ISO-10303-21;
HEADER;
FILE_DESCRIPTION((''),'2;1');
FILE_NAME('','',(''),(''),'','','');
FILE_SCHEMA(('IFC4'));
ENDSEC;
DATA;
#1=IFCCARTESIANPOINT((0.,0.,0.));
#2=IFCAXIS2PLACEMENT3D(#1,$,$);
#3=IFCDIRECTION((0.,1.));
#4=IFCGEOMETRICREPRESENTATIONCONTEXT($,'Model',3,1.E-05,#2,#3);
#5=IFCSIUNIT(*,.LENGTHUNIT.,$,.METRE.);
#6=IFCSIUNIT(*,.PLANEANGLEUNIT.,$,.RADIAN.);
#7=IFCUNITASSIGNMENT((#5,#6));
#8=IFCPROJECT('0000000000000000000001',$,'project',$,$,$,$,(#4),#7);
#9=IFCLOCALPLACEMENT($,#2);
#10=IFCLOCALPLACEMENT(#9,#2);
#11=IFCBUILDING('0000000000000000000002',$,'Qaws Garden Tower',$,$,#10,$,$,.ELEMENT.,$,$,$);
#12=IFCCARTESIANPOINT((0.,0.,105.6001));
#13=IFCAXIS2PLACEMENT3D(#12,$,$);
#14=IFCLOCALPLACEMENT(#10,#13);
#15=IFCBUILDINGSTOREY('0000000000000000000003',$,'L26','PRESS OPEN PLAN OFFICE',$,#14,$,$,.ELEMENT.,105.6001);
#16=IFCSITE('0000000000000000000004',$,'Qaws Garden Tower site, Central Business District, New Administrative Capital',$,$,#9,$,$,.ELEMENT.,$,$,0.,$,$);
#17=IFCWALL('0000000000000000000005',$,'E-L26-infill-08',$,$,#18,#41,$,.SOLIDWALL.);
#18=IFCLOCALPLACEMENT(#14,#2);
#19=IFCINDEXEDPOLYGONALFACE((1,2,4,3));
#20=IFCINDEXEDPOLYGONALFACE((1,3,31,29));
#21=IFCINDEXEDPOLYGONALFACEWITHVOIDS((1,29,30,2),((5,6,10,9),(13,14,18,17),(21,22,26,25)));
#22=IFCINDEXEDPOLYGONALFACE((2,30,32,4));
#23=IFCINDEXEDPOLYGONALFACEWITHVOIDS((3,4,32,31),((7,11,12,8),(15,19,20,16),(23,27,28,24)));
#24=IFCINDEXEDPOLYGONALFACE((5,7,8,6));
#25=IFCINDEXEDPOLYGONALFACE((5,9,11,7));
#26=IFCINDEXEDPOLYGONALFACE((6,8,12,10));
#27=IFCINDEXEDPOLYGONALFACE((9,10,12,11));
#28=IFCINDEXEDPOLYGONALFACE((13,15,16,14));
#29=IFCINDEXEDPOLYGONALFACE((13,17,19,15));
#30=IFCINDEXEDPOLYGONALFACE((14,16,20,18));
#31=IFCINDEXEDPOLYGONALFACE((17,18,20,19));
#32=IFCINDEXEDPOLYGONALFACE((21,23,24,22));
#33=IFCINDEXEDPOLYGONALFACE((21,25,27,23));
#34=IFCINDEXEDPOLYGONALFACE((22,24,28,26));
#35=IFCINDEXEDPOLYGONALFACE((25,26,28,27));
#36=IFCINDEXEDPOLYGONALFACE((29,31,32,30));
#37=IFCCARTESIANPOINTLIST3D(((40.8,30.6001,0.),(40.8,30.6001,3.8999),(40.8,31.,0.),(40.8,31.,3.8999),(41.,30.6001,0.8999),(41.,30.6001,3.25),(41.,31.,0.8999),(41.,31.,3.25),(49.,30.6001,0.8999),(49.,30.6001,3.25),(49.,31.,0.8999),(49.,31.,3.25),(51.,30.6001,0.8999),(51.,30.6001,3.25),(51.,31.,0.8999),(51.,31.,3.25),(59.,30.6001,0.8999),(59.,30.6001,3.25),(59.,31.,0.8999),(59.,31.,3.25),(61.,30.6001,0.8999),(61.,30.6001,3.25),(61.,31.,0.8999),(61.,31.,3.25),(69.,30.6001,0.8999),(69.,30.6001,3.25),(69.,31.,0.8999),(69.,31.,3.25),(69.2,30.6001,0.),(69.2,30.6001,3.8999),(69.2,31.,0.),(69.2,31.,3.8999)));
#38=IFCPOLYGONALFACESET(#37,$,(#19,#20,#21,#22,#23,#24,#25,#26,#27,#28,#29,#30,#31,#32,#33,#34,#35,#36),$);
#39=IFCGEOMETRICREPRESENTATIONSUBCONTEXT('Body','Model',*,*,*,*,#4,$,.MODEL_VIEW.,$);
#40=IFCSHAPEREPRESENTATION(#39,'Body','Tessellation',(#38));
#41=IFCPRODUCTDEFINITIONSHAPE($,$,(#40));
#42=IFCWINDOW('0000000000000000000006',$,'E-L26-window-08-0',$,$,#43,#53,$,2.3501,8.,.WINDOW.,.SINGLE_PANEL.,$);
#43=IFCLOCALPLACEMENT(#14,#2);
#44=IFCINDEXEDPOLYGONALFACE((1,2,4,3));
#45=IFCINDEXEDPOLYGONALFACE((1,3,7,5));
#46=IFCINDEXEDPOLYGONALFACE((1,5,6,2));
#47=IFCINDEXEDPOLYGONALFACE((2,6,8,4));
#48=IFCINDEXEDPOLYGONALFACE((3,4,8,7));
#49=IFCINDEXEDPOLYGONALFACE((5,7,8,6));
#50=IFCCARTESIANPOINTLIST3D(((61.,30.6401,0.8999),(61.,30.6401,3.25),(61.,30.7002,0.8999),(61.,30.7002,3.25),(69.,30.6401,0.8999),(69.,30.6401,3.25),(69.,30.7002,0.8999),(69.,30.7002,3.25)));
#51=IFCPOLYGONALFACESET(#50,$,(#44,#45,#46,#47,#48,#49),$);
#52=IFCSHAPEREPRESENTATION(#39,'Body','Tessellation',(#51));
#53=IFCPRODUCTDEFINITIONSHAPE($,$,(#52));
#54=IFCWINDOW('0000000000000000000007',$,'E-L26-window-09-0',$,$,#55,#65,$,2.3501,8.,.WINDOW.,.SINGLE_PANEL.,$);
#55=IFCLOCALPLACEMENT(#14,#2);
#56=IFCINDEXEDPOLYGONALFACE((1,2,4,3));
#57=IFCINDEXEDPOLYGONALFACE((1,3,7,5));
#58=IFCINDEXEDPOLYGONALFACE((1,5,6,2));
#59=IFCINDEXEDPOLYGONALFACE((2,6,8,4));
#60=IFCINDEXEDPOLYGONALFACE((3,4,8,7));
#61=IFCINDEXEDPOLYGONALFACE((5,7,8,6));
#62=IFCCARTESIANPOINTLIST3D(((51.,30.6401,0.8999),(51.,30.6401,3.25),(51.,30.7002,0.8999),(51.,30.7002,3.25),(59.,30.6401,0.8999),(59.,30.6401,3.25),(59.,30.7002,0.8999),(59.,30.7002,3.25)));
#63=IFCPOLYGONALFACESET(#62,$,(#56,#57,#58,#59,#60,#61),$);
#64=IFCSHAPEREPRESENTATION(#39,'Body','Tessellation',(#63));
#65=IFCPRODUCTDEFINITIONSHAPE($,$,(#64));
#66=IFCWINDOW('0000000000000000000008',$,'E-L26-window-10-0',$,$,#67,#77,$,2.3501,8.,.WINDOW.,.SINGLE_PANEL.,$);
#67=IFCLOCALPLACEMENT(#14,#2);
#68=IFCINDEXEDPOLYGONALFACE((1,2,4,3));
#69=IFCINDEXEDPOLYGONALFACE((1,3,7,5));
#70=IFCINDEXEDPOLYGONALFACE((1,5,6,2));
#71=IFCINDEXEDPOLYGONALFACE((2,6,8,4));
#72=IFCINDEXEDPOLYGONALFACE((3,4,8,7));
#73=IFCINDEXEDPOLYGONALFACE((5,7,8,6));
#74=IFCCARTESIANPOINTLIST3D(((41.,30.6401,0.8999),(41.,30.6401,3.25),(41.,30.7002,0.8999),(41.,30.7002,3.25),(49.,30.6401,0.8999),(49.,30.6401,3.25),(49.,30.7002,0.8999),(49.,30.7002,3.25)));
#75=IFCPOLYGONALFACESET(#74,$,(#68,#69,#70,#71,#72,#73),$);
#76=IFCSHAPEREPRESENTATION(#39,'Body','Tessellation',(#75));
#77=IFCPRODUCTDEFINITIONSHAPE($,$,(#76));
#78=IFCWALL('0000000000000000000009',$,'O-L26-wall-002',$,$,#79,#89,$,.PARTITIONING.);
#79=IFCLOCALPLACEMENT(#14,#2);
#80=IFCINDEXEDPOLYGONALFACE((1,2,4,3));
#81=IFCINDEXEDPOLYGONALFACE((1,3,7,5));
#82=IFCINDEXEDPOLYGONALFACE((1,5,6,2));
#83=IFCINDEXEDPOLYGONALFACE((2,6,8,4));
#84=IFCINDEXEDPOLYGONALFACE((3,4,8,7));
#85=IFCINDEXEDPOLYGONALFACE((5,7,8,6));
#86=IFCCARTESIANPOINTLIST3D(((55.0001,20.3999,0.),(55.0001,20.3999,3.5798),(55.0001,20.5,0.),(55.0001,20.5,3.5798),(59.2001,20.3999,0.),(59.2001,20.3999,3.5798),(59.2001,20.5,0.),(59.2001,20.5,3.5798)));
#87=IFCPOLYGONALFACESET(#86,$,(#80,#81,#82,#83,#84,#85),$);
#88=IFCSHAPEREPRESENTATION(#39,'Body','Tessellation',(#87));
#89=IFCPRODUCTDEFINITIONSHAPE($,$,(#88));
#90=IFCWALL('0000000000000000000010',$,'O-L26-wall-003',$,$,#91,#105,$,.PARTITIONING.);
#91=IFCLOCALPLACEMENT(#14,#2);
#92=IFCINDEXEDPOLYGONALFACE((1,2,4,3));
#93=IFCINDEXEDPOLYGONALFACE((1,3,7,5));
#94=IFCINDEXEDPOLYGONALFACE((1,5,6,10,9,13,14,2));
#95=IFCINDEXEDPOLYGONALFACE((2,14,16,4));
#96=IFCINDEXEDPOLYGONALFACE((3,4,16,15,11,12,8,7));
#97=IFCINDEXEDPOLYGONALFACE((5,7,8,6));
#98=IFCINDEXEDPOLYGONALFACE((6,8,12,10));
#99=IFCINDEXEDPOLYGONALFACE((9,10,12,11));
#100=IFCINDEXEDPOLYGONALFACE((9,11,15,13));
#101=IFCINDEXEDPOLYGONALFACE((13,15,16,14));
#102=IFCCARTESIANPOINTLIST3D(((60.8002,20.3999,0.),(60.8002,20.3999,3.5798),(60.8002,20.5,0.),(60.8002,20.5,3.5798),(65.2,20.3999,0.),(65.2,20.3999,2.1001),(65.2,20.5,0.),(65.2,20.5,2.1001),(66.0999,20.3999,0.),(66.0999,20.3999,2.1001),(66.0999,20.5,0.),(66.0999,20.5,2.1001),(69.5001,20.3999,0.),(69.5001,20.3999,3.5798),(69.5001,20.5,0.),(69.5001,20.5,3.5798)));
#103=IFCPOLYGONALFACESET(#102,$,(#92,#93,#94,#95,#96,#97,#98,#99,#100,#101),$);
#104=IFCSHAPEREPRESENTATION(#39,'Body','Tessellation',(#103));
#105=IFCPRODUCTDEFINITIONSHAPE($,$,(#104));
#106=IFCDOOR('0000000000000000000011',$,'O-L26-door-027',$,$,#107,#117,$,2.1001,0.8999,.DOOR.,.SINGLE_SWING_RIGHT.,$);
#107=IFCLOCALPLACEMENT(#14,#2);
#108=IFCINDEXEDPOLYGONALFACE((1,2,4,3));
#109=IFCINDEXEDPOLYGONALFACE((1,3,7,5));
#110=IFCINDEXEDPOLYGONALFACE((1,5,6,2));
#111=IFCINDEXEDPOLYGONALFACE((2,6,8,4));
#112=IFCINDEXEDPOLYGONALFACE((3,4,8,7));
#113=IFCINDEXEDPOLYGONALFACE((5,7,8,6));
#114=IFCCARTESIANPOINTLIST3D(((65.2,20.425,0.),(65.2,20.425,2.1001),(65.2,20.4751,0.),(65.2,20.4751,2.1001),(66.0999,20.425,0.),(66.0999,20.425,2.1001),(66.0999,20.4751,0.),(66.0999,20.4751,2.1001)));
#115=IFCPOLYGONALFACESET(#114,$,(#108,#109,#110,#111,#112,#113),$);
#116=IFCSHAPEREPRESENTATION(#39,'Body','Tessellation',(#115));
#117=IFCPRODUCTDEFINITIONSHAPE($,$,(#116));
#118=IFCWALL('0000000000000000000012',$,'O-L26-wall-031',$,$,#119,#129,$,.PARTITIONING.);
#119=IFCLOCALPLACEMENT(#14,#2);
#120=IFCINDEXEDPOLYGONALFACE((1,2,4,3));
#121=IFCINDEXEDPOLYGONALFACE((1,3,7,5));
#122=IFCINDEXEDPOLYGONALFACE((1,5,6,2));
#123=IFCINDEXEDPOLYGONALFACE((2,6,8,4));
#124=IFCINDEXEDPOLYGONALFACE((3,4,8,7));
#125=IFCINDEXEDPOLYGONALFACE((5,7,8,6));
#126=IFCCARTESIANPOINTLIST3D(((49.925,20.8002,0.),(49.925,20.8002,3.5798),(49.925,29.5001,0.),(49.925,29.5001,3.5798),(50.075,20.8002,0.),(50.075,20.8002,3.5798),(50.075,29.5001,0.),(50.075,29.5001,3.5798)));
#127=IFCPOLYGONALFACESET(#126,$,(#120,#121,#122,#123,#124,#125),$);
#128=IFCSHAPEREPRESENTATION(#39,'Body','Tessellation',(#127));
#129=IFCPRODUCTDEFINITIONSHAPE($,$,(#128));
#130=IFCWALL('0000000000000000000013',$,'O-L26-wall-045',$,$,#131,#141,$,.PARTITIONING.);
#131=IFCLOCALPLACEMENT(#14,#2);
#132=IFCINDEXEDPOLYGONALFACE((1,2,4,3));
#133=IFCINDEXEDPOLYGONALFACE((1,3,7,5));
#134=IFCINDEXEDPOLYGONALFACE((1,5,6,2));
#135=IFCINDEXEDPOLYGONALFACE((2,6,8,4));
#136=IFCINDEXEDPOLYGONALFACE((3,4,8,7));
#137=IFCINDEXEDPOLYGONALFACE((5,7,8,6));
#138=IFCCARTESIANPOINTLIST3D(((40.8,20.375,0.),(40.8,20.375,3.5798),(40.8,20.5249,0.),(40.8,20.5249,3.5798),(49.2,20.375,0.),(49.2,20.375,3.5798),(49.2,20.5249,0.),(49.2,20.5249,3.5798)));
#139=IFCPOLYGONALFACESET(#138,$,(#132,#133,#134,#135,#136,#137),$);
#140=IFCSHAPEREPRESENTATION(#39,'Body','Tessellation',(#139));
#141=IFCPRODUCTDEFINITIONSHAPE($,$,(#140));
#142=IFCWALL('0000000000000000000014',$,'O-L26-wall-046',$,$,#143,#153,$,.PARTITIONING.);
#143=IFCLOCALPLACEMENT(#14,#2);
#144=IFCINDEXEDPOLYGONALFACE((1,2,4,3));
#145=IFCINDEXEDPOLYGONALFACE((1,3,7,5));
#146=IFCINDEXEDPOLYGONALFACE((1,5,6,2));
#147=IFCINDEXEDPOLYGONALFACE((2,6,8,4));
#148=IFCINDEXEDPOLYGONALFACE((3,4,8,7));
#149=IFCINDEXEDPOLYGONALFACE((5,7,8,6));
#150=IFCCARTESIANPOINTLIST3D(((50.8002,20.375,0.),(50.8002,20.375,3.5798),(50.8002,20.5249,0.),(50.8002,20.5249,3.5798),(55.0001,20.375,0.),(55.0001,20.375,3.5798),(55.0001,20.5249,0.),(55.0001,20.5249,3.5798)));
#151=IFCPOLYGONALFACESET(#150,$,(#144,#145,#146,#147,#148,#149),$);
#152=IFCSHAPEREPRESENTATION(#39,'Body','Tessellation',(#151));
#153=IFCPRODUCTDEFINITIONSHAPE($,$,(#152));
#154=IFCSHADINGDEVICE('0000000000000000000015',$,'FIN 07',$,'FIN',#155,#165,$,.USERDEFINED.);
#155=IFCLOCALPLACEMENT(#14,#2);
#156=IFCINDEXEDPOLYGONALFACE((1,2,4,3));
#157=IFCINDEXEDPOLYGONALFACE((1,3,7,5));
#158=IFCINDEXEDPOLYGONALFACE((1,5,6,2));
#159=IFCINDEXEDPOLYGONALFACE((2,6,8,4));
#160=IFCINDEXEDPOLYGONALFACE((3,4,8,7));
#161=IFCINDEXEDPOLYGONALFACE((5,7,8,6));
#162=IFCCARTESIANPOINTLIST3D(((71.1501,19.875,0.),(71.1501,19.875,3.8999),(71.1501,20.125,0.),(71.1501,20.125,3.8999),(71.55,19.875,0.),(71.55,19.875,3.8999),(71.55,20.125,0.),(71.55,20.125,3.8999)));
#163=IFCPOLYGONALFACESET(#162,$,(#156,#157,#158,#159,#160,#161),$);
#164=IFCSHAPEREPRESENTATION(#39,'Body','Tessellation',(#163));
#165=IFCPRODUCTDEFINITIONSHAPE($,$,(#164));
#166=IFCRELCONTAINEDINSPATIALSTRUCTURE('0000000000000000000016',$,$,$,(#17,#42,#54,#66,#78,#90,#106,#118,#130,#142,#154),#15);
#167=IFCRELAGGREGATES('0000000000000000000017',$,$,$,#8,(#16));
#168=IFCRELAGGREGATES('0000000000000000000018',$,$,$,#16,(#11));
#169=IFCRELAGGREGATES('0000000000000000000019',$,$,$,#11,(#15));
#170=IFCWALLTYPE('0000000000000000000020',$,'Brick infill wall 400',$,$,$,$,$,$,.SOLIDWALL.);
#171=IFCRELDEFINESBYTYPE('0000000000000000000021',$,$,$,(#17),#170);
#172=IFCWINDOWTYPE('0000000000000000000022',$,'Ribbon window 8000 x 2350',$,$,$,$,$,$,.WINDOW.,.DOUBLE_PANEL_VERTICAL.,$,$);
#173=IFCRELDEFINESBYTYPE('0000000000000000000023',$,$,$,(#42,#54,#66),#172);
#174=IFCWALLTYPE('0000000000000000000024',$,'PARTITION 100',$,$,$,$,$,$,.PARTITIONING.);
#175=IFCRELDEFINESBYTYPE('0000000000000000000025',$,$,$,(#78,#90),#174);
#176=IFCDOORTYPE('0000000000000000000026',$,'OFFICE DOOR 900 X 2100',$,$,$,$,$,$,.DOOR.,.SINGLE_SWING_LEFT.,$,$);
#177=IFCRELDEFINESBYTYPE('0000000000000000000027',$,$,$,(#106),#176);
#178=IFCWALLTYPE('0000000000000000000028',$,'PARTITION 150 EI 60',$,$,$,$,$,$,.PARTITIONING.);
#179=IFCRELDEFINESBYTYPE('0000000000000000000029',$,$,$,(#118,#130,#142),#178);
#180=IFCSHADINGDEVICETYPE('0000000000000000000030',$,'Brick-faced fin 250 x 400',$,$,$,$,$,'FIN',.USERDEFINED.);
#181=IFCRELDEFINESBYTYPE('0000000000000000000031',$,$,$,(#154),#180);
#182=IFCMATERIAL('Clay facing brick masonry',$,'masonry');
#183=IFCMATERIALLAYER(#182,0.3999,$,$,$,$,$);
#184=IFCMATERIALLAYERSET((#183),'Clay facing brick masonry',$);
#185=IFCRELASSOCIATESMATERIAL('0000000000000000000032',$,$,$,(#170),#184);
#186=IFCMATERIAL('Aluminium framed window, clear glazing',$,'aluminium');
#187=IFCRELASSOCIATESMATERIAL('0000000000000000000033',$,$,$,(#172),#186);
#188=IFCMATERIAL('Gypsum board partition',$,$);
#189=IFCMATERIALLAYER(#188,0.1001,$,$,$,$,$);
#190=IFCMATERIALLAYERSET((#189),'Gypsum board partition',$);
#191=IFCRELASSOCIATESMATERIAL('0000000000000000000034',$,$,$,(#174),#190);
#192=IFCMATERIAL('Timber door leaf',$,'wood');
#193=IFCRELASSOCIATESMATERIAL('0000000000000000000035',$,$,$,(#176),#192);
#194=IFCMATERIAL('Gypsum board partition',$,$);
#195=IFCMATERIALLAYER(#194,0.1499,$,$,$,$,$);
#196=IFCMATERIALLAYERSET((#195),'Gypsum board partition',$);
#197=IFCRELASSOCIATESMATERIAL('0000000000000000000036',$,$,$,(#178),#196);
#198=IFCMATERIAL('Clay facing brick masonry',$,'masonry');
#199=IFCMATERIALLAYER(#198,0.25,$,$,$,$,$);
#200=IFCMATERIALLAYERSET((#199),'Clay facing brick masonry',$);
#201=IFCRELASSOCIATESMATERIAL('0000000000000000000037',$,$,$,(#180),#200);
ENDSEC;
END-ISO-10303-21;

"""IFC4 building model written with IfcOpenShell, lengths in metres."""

from ifc_helpers import new_model, si_unit, direction, frame, frame_2d, origin, origin_2d, place, context, subcontext, project, spatial, rectangle, extrude, material, layer, layer_set, type_object, element, fill, save


model = new_model("IFC4")

# Units and contexts
model_context = context("Model", 3, precision=1e-05, world=origin(), true_north=direction((0.0, 1.0)))
body_context = subcontext(model_context, "Body", "Model", "MODEL_VIEW")
ifc_project = project(units=[si_unit("LENGTHUNIT", "METRE"), si_unit("PLANEANGLEUNIT", "RADIAN")], contexts=[model_context])

# Site, building, storey
site_placement = place(None, origin())
site = spatial("IfcSite", under=ifc_project, at=site_placement, Name="Qaws Garden Tower site, Central Business District, New Administrative Capital", CompositionType="ELEMENT", RefElevation=0.0)
building_placement = place(site_placement, origin())
building = spatial("IfcBuilding", under=site, at=building_placement, Name="Qaws Garden Tower", CompositionType="ELEMENT")
storey_placement = place(building_placement, frame((0.0, 0.0, 105.6001)))
storey = spatial("IfcBuildingStorey", under=building, at=storey_placement, Name="L26", Description="PRESS OPEN PLAN OFFICE", CompositionType="ELEMENT", Elevation=105.6001)

# Wall, openings, windows
ifc_material_1 = material(Name="Clay facing brick masonry", Category="masonry")
ifc_layer_1 = layer(ifc_material_1, 0.3999)
ifc_layer_set_1 = layer_set([ifc_layer_1], Name="Clay facing brick masonry")
wall_type_1 = type_object("IfcWallType", Name="Brick infill wall 400", PredefinedType="SOLIDWALL", material=ifc_layer_set_1)
wall_1_placement = place(storey_placement, frame((69.2, 30.8, 0.0), z_axis=(0.0, 0.0, 1.0), x_axis=(-1.0, 0.0, 0.0)))
wall_1 = element("IfcWall", 1, at=wall_1_placement, inside=storey, type_object=wall_type_1, Name="E-L26-infill-08", PredefinedType="SOLIDWALL", context=body_context, shape_type="SweptSolid", body=[
    extrude(rectangle(XDim=28.3999, YDim=0.3999, at=frame_2d((14.2, 0.0))), origin(), (0.0, 0.0, 1.0), 3.8999),
])
opening_1_placement = place(wall_1_placement, frame((0.2, 0.0, 0.8999)))
opening_1 = element("IfcOpeningElement", 2, at=opening_1_placement, cuts=wall_1, PredefinedType="OPENING", context=body_context, shape_type="SweptSolid", body=[
    extrude(rectangle(XDim=8.0, YDim=2.3501, at=frame_2d((4.0, 1.175))), frame((0.0, 0.21, 0.0), z_axis=(0.0, -1.0, 0.0), x_axis=(1.0, 0.0, 0.0)), (0.0, 0.0, 1.0), 0.4199),
])
opening_2_placement = place(wall_1_placement, frame((10.2, 0.0, 0.8999)))
opening_2 = element("IfcOpeningElement", 3, at=opening_2_placement, cuts=wall_1, PredefinedType="OPENING", context=body_context, shape_type="SweptSolid", body=[
    extrude(rectangle(XDim=8.0, YDim=2.3501, at=frame_2d((4.0, 1.175))), frame((0.0, 0.21, 0.0), z_axis=(0.0, -1.0, 0.0), x_axis=(1.0, 0.0, 0.0)), (0.0, 0.0, 1.0), 0.4199),
])
opening_3_placement = place(wall_1_placement, frame((20.2, 0.0, 0.8999)))
opening_3 = element("IfcOpeningElement", 4, at=opening_3_placement, cuts=wall_1, PredefinedType="OPENING", context=body_context, shape_type="SweptSolid", body=[
    extrude(rectangle(XDim=8.0, YDim=2.3501, at=frame_2d((4.0, 1.175))), frame((0.0, 0.21, 0.0), z_axis=(0.0, -1.0, 0.0), x_axis=(1.0, 0.0, 0.0)), (0.0, 0.0, 1.0), 0.4199),
])
ifc_material_2 = material(Name="Aluminium framed window, clear glazing", Category="aluminium")
window_type = type_object("IfcWindowType", Name="Ribbon window 8000 x 2350", PartitioningType="DOUBLE_PANEL_VERTICAL", PredefinedType="WINDOW", material=ifc_material_2)
window_1_placement = place(opening_1_placement, origin())
window_1 = element("IfcWindow", 5, at=window_1_placement, inside=storey, type_object=window_type, Name="E-L26-window-08-0", OverallHeight=2.3501, OverallWidth=8.0, PartitioningType="SINGLE_PANEL", PredefinedType="WINDOW", context=body_context, shape_type="SweptSolid", body=[
    extrude(rectangle(XDim=8.0, YDim=2.3501, at=frame_2d((4.0, 1.175))), frame((0.0, 0.1599, 0.0), z_axis=(0.0, -1.0, 0.0), x_axis=(1.0, 0.0, 0.0)), (0.0, 0.0, 1.0), 0.0601),
])
fill(opening_1, window_1)
window_2_placement = place(opening_2_placement, origin())
window_2 = element("IfcWindow", 6, at=window_2_placement, inside=storey, type_object=window_type, Name="E-L26-window-09-0", OverallHeight=2.3501, OverallWidth=8.0, PartitioningType="SINGLE_PANEL", PredefinedType="WINDOW", context=body_context, shape_type="SweptSolid", body=[
    extrude(rectangle(XDim=8.0, YDim=2.3501, at=frame_2d((4.0, 1.175))), frame((0.0, 0.1599, 0.0), z_axis=(0.0, -1.0, 0.0), x_axis=(1.0, 0.0, 0.0)), (0.0, 0.0, 1.0), 0.0601),
])
fill(opening_2, window_2)
window_3_placement = place(opening_3_placement, origin())
window_3 = element("IfcWindow", 7, at=window_3_placement, inside=storey, type_object=window_type, Name="E-L26-window-10-0", OverallHeight=2.3501, OverallWidth=8.0, PartitioningType="SINGLE_PANEL", PredefinedType="WINDOW", context=body_context, shape_type="SweptSolid", body=[
    extrude(rectangle(XDim=8.0, YDim=2.3501, at=frame_2d((4.0, 1.175))), frame((0.0, 0.1599, 0.0), z_axis=(0.0, -1.0, 0.0), x_axis=(1.0, 0.0, 0.0)), (0.0, 0.0, 1.0), 0.0601),
])
fill(opening_3, window_3)

# Wall
ifc_material_3 = material(Name="Gypsum board partition")
ifc_layer_2 = layer(ifc_material_3, 0.1001)
ifc_layer_set_2 = layer_set([ifc_layer_2], Name="Gypsum board partition")
wall_type_2 = type_object("IfcWallType", Name="PARTITION 100", PredefinedType="PARTITIONING", material=ifc_layer_set_2)
wall_2_placement = place(storey_placement, frame((55.0, 20.45, 0.0), z_axis=(0.0, 0.0, 1.0), x_axis=(1.0, 0.0, 0.0)))
element("IfcWall", 8, at=wall_2_placement, inside=storey, type_object=wall_type_2, Name="O-L26-wall-002", PredefinedType="PARTITIONING", context=body_context, shape_type="SweptSolid", body=[
    extrude(rectangle(XDim=4.2, YDim=0.1001, at=frame_2d((2.1001, 0.0))), origin(), (0.0, 0.0, 1.0), 3.5798),
])

# Wall, opening, door
wall_3_placement = place(storey_placement, frame((60.8, 20.45, 0.0), z_axis=(0.0, 0.0, 1.0), x_axis=(1.0, 0.0, 0.0)))
wall_3 = element("IfcWall", 9, at=wall_3_placement, inside=storey, type_object=wall_type_2, Name="O-L26-wall-003", PredefinedType="PARTITIONING", context=body_context, shape_type="SweptSolid", body=[
    extrude(rectangle(XDim=8.7, YDim=0.1001, at=frame_2d((4.3501, 0.0))), origin(), (0.0, 0.0, 1.0), 3.5798),
])
opening_4_placement = place(wall_3_placement, frame((4.3999, 0.0, 0.0)))
opening_4 = element("IfcOpeningElement", 10, at=opening_4_placement, cuts=wall_3, PredefinedType="OPENING", context=body_context, shape_type="SweptSolid", body=[
    extrude(rectangle(XDim=0.8999, YDim=2.1001, at=frame_2d((0.45, 1.05))), frame((0.0, 0.0601, 0.0), z_axis=(0.0, -1.0, 0.0), x_axis=(1.0, 0.0, 0.0)), (0.0, 0.0, 1.0), 0.1201),
])
ifc_material_4 = material(Name="Timber door leaf", Category="wood")
door_type = type_object("IfcDoorType", Name="OFFICE DOOR 900 X 2100", OperationType="SINGLE_SWING_LEFT", PredefinedType="DOOR", material=ifc_material_4)
door_placement = place(opening_4_placement, frame((0.8999, 0.0, 0.0), z_axis=(0.0, 0.0, 1.0), x_axis=(-1.0, 0.0, 0.0)))
door = element("IfcDoor", 11, at=door_placement, inside=storey, type_object=door_type, Name="O-L26-door-027", OperationType="SINGLE_SWING_RIGHT", OverallHeight=2.1001, OverallWidth=0.8999, PredefinedType="DOOR", context=body_context, shape_type="SweptSolid", body=[
    extrude(rectangle(XDim=0.8999, YDim=2.1001, at=frame_2d((0.45, 1.05))), frame((0.0, 0.0249, 0.0), z_axis=(0.0, -1.0, 0.0), x_axis=(1.0, 0.0, 0.0)), (0.0, 0.0, 1.0), 0.05),
])
fill(opening_4, door)

# Walls
ifc_material_5 = material(Name="Gypsum board partition")
ifc_layer_3 = layer(ifc_material_5, 0.1499)
ifc_layer_set_3 = layer_set([ifc_layer_3], Name="Gypsum board partition")
wall_type_3 = type_object("IfcWallType", Name="PARTITION 150 EI 60", PredefinedType="PARTITIONING", material=ifc_layer_set_3)
wall_4_placement = place(storey_placement, frame((50.0, 20.8, 0.0), z_axis=(0.0, 0.0, 1.0), x_axis=(0.0, 1.0, 0.0)))
element("IfcWall", 12, at=wall_4_placement, inside=storey, type_object=wall_type_3, Name="O-L26-wall-031", PredefinedType="PARTITIONING", context=body_context, shape_type="SweptSolid", body=[
    extrude(rectangle(XDim=8.7, YDim=0.1499, at=frame_2d((4.3501, 0.0))), origin(), (0.0, 0.0, 1.0), 3.5798),
])
wall_5_placement = place(storey_placement, frame((40.8, 20.45, 0.0), z_axis=(0.0, 0.0, 1.0), x_axis=(1.0, 0.0, 0.0)))
element("IfcWall", 13, at=wall_5_placement, inside=storey, type_object=wall_type_3, Name="O-L26-wall-045", PredefinedType="PARTITIONING", context=body_context, shape_type="SweptSolid", body=[
    extrude(rectangle(XDim=8.3999, YDim=0.1499, at=frame_2d((4.2, 0.0))), origin(), (0.0, 0.0, 1.0), 3.5798),
])
wall_6_placement = place(storey_placement, frame((50.8, 20.45, 0.0), z_axis=(0.0, 0.0, 1.0), x_axis=(1.0, 0.0, 0.0)))
element("IfcWall", 14, at=wall_6_placement, inside=storey, type_object=wall_type_3, Name="O-L26-wall-046", PredefinedType="PARTITIONING", context=body_context, shape_type="SweptSolid", body=[
    extrude(rectangle(XDim=4.2, YDim=0.1499, at=frame_2d((2.1001, 0.0))), origin(), (0.0, 0.0, 1.0), 3.5798),
])

# Shading device
ifc_material_6 = material(Name="Clay facing brick masonry", Category="masonry")
ifc_layer_4 = layer(ifc_material_6, 0.25)
ifc_layer_set_4 = layer_set([ifc_layer_4], Name="Clay facing brick masonry")
shading_device_type = type_object("IfcShadingDeviceType", Name="Brick-faced fin 250 x 400", ElementType="FIN", PredefinedType="USERDEFINED", material=ifc_layer_set_4)
shading_device_placement = place(storey_placement, frame((71.3501, 20.0, 0.0), z_axis=(0.0, 0.0, 1.0), x_axis=(0.0, 1.0, 0.0)))
element("IfcShadingDevice", 15, at=shading_device_placement, inside=storey, type_object=shading_device_type, Name="FIN 07", ObjectType="FIN", PredefinedType="USERDEFINED", context=body_context, shape_type="SweptSolid", body=[
    extrude(rectangle(XDim=0.25, YDim=0.3999, at=origin_2d()), origin(), (0.0, 0.0, 1.0), 3.8999),
])

save(model, "model.ifc")
